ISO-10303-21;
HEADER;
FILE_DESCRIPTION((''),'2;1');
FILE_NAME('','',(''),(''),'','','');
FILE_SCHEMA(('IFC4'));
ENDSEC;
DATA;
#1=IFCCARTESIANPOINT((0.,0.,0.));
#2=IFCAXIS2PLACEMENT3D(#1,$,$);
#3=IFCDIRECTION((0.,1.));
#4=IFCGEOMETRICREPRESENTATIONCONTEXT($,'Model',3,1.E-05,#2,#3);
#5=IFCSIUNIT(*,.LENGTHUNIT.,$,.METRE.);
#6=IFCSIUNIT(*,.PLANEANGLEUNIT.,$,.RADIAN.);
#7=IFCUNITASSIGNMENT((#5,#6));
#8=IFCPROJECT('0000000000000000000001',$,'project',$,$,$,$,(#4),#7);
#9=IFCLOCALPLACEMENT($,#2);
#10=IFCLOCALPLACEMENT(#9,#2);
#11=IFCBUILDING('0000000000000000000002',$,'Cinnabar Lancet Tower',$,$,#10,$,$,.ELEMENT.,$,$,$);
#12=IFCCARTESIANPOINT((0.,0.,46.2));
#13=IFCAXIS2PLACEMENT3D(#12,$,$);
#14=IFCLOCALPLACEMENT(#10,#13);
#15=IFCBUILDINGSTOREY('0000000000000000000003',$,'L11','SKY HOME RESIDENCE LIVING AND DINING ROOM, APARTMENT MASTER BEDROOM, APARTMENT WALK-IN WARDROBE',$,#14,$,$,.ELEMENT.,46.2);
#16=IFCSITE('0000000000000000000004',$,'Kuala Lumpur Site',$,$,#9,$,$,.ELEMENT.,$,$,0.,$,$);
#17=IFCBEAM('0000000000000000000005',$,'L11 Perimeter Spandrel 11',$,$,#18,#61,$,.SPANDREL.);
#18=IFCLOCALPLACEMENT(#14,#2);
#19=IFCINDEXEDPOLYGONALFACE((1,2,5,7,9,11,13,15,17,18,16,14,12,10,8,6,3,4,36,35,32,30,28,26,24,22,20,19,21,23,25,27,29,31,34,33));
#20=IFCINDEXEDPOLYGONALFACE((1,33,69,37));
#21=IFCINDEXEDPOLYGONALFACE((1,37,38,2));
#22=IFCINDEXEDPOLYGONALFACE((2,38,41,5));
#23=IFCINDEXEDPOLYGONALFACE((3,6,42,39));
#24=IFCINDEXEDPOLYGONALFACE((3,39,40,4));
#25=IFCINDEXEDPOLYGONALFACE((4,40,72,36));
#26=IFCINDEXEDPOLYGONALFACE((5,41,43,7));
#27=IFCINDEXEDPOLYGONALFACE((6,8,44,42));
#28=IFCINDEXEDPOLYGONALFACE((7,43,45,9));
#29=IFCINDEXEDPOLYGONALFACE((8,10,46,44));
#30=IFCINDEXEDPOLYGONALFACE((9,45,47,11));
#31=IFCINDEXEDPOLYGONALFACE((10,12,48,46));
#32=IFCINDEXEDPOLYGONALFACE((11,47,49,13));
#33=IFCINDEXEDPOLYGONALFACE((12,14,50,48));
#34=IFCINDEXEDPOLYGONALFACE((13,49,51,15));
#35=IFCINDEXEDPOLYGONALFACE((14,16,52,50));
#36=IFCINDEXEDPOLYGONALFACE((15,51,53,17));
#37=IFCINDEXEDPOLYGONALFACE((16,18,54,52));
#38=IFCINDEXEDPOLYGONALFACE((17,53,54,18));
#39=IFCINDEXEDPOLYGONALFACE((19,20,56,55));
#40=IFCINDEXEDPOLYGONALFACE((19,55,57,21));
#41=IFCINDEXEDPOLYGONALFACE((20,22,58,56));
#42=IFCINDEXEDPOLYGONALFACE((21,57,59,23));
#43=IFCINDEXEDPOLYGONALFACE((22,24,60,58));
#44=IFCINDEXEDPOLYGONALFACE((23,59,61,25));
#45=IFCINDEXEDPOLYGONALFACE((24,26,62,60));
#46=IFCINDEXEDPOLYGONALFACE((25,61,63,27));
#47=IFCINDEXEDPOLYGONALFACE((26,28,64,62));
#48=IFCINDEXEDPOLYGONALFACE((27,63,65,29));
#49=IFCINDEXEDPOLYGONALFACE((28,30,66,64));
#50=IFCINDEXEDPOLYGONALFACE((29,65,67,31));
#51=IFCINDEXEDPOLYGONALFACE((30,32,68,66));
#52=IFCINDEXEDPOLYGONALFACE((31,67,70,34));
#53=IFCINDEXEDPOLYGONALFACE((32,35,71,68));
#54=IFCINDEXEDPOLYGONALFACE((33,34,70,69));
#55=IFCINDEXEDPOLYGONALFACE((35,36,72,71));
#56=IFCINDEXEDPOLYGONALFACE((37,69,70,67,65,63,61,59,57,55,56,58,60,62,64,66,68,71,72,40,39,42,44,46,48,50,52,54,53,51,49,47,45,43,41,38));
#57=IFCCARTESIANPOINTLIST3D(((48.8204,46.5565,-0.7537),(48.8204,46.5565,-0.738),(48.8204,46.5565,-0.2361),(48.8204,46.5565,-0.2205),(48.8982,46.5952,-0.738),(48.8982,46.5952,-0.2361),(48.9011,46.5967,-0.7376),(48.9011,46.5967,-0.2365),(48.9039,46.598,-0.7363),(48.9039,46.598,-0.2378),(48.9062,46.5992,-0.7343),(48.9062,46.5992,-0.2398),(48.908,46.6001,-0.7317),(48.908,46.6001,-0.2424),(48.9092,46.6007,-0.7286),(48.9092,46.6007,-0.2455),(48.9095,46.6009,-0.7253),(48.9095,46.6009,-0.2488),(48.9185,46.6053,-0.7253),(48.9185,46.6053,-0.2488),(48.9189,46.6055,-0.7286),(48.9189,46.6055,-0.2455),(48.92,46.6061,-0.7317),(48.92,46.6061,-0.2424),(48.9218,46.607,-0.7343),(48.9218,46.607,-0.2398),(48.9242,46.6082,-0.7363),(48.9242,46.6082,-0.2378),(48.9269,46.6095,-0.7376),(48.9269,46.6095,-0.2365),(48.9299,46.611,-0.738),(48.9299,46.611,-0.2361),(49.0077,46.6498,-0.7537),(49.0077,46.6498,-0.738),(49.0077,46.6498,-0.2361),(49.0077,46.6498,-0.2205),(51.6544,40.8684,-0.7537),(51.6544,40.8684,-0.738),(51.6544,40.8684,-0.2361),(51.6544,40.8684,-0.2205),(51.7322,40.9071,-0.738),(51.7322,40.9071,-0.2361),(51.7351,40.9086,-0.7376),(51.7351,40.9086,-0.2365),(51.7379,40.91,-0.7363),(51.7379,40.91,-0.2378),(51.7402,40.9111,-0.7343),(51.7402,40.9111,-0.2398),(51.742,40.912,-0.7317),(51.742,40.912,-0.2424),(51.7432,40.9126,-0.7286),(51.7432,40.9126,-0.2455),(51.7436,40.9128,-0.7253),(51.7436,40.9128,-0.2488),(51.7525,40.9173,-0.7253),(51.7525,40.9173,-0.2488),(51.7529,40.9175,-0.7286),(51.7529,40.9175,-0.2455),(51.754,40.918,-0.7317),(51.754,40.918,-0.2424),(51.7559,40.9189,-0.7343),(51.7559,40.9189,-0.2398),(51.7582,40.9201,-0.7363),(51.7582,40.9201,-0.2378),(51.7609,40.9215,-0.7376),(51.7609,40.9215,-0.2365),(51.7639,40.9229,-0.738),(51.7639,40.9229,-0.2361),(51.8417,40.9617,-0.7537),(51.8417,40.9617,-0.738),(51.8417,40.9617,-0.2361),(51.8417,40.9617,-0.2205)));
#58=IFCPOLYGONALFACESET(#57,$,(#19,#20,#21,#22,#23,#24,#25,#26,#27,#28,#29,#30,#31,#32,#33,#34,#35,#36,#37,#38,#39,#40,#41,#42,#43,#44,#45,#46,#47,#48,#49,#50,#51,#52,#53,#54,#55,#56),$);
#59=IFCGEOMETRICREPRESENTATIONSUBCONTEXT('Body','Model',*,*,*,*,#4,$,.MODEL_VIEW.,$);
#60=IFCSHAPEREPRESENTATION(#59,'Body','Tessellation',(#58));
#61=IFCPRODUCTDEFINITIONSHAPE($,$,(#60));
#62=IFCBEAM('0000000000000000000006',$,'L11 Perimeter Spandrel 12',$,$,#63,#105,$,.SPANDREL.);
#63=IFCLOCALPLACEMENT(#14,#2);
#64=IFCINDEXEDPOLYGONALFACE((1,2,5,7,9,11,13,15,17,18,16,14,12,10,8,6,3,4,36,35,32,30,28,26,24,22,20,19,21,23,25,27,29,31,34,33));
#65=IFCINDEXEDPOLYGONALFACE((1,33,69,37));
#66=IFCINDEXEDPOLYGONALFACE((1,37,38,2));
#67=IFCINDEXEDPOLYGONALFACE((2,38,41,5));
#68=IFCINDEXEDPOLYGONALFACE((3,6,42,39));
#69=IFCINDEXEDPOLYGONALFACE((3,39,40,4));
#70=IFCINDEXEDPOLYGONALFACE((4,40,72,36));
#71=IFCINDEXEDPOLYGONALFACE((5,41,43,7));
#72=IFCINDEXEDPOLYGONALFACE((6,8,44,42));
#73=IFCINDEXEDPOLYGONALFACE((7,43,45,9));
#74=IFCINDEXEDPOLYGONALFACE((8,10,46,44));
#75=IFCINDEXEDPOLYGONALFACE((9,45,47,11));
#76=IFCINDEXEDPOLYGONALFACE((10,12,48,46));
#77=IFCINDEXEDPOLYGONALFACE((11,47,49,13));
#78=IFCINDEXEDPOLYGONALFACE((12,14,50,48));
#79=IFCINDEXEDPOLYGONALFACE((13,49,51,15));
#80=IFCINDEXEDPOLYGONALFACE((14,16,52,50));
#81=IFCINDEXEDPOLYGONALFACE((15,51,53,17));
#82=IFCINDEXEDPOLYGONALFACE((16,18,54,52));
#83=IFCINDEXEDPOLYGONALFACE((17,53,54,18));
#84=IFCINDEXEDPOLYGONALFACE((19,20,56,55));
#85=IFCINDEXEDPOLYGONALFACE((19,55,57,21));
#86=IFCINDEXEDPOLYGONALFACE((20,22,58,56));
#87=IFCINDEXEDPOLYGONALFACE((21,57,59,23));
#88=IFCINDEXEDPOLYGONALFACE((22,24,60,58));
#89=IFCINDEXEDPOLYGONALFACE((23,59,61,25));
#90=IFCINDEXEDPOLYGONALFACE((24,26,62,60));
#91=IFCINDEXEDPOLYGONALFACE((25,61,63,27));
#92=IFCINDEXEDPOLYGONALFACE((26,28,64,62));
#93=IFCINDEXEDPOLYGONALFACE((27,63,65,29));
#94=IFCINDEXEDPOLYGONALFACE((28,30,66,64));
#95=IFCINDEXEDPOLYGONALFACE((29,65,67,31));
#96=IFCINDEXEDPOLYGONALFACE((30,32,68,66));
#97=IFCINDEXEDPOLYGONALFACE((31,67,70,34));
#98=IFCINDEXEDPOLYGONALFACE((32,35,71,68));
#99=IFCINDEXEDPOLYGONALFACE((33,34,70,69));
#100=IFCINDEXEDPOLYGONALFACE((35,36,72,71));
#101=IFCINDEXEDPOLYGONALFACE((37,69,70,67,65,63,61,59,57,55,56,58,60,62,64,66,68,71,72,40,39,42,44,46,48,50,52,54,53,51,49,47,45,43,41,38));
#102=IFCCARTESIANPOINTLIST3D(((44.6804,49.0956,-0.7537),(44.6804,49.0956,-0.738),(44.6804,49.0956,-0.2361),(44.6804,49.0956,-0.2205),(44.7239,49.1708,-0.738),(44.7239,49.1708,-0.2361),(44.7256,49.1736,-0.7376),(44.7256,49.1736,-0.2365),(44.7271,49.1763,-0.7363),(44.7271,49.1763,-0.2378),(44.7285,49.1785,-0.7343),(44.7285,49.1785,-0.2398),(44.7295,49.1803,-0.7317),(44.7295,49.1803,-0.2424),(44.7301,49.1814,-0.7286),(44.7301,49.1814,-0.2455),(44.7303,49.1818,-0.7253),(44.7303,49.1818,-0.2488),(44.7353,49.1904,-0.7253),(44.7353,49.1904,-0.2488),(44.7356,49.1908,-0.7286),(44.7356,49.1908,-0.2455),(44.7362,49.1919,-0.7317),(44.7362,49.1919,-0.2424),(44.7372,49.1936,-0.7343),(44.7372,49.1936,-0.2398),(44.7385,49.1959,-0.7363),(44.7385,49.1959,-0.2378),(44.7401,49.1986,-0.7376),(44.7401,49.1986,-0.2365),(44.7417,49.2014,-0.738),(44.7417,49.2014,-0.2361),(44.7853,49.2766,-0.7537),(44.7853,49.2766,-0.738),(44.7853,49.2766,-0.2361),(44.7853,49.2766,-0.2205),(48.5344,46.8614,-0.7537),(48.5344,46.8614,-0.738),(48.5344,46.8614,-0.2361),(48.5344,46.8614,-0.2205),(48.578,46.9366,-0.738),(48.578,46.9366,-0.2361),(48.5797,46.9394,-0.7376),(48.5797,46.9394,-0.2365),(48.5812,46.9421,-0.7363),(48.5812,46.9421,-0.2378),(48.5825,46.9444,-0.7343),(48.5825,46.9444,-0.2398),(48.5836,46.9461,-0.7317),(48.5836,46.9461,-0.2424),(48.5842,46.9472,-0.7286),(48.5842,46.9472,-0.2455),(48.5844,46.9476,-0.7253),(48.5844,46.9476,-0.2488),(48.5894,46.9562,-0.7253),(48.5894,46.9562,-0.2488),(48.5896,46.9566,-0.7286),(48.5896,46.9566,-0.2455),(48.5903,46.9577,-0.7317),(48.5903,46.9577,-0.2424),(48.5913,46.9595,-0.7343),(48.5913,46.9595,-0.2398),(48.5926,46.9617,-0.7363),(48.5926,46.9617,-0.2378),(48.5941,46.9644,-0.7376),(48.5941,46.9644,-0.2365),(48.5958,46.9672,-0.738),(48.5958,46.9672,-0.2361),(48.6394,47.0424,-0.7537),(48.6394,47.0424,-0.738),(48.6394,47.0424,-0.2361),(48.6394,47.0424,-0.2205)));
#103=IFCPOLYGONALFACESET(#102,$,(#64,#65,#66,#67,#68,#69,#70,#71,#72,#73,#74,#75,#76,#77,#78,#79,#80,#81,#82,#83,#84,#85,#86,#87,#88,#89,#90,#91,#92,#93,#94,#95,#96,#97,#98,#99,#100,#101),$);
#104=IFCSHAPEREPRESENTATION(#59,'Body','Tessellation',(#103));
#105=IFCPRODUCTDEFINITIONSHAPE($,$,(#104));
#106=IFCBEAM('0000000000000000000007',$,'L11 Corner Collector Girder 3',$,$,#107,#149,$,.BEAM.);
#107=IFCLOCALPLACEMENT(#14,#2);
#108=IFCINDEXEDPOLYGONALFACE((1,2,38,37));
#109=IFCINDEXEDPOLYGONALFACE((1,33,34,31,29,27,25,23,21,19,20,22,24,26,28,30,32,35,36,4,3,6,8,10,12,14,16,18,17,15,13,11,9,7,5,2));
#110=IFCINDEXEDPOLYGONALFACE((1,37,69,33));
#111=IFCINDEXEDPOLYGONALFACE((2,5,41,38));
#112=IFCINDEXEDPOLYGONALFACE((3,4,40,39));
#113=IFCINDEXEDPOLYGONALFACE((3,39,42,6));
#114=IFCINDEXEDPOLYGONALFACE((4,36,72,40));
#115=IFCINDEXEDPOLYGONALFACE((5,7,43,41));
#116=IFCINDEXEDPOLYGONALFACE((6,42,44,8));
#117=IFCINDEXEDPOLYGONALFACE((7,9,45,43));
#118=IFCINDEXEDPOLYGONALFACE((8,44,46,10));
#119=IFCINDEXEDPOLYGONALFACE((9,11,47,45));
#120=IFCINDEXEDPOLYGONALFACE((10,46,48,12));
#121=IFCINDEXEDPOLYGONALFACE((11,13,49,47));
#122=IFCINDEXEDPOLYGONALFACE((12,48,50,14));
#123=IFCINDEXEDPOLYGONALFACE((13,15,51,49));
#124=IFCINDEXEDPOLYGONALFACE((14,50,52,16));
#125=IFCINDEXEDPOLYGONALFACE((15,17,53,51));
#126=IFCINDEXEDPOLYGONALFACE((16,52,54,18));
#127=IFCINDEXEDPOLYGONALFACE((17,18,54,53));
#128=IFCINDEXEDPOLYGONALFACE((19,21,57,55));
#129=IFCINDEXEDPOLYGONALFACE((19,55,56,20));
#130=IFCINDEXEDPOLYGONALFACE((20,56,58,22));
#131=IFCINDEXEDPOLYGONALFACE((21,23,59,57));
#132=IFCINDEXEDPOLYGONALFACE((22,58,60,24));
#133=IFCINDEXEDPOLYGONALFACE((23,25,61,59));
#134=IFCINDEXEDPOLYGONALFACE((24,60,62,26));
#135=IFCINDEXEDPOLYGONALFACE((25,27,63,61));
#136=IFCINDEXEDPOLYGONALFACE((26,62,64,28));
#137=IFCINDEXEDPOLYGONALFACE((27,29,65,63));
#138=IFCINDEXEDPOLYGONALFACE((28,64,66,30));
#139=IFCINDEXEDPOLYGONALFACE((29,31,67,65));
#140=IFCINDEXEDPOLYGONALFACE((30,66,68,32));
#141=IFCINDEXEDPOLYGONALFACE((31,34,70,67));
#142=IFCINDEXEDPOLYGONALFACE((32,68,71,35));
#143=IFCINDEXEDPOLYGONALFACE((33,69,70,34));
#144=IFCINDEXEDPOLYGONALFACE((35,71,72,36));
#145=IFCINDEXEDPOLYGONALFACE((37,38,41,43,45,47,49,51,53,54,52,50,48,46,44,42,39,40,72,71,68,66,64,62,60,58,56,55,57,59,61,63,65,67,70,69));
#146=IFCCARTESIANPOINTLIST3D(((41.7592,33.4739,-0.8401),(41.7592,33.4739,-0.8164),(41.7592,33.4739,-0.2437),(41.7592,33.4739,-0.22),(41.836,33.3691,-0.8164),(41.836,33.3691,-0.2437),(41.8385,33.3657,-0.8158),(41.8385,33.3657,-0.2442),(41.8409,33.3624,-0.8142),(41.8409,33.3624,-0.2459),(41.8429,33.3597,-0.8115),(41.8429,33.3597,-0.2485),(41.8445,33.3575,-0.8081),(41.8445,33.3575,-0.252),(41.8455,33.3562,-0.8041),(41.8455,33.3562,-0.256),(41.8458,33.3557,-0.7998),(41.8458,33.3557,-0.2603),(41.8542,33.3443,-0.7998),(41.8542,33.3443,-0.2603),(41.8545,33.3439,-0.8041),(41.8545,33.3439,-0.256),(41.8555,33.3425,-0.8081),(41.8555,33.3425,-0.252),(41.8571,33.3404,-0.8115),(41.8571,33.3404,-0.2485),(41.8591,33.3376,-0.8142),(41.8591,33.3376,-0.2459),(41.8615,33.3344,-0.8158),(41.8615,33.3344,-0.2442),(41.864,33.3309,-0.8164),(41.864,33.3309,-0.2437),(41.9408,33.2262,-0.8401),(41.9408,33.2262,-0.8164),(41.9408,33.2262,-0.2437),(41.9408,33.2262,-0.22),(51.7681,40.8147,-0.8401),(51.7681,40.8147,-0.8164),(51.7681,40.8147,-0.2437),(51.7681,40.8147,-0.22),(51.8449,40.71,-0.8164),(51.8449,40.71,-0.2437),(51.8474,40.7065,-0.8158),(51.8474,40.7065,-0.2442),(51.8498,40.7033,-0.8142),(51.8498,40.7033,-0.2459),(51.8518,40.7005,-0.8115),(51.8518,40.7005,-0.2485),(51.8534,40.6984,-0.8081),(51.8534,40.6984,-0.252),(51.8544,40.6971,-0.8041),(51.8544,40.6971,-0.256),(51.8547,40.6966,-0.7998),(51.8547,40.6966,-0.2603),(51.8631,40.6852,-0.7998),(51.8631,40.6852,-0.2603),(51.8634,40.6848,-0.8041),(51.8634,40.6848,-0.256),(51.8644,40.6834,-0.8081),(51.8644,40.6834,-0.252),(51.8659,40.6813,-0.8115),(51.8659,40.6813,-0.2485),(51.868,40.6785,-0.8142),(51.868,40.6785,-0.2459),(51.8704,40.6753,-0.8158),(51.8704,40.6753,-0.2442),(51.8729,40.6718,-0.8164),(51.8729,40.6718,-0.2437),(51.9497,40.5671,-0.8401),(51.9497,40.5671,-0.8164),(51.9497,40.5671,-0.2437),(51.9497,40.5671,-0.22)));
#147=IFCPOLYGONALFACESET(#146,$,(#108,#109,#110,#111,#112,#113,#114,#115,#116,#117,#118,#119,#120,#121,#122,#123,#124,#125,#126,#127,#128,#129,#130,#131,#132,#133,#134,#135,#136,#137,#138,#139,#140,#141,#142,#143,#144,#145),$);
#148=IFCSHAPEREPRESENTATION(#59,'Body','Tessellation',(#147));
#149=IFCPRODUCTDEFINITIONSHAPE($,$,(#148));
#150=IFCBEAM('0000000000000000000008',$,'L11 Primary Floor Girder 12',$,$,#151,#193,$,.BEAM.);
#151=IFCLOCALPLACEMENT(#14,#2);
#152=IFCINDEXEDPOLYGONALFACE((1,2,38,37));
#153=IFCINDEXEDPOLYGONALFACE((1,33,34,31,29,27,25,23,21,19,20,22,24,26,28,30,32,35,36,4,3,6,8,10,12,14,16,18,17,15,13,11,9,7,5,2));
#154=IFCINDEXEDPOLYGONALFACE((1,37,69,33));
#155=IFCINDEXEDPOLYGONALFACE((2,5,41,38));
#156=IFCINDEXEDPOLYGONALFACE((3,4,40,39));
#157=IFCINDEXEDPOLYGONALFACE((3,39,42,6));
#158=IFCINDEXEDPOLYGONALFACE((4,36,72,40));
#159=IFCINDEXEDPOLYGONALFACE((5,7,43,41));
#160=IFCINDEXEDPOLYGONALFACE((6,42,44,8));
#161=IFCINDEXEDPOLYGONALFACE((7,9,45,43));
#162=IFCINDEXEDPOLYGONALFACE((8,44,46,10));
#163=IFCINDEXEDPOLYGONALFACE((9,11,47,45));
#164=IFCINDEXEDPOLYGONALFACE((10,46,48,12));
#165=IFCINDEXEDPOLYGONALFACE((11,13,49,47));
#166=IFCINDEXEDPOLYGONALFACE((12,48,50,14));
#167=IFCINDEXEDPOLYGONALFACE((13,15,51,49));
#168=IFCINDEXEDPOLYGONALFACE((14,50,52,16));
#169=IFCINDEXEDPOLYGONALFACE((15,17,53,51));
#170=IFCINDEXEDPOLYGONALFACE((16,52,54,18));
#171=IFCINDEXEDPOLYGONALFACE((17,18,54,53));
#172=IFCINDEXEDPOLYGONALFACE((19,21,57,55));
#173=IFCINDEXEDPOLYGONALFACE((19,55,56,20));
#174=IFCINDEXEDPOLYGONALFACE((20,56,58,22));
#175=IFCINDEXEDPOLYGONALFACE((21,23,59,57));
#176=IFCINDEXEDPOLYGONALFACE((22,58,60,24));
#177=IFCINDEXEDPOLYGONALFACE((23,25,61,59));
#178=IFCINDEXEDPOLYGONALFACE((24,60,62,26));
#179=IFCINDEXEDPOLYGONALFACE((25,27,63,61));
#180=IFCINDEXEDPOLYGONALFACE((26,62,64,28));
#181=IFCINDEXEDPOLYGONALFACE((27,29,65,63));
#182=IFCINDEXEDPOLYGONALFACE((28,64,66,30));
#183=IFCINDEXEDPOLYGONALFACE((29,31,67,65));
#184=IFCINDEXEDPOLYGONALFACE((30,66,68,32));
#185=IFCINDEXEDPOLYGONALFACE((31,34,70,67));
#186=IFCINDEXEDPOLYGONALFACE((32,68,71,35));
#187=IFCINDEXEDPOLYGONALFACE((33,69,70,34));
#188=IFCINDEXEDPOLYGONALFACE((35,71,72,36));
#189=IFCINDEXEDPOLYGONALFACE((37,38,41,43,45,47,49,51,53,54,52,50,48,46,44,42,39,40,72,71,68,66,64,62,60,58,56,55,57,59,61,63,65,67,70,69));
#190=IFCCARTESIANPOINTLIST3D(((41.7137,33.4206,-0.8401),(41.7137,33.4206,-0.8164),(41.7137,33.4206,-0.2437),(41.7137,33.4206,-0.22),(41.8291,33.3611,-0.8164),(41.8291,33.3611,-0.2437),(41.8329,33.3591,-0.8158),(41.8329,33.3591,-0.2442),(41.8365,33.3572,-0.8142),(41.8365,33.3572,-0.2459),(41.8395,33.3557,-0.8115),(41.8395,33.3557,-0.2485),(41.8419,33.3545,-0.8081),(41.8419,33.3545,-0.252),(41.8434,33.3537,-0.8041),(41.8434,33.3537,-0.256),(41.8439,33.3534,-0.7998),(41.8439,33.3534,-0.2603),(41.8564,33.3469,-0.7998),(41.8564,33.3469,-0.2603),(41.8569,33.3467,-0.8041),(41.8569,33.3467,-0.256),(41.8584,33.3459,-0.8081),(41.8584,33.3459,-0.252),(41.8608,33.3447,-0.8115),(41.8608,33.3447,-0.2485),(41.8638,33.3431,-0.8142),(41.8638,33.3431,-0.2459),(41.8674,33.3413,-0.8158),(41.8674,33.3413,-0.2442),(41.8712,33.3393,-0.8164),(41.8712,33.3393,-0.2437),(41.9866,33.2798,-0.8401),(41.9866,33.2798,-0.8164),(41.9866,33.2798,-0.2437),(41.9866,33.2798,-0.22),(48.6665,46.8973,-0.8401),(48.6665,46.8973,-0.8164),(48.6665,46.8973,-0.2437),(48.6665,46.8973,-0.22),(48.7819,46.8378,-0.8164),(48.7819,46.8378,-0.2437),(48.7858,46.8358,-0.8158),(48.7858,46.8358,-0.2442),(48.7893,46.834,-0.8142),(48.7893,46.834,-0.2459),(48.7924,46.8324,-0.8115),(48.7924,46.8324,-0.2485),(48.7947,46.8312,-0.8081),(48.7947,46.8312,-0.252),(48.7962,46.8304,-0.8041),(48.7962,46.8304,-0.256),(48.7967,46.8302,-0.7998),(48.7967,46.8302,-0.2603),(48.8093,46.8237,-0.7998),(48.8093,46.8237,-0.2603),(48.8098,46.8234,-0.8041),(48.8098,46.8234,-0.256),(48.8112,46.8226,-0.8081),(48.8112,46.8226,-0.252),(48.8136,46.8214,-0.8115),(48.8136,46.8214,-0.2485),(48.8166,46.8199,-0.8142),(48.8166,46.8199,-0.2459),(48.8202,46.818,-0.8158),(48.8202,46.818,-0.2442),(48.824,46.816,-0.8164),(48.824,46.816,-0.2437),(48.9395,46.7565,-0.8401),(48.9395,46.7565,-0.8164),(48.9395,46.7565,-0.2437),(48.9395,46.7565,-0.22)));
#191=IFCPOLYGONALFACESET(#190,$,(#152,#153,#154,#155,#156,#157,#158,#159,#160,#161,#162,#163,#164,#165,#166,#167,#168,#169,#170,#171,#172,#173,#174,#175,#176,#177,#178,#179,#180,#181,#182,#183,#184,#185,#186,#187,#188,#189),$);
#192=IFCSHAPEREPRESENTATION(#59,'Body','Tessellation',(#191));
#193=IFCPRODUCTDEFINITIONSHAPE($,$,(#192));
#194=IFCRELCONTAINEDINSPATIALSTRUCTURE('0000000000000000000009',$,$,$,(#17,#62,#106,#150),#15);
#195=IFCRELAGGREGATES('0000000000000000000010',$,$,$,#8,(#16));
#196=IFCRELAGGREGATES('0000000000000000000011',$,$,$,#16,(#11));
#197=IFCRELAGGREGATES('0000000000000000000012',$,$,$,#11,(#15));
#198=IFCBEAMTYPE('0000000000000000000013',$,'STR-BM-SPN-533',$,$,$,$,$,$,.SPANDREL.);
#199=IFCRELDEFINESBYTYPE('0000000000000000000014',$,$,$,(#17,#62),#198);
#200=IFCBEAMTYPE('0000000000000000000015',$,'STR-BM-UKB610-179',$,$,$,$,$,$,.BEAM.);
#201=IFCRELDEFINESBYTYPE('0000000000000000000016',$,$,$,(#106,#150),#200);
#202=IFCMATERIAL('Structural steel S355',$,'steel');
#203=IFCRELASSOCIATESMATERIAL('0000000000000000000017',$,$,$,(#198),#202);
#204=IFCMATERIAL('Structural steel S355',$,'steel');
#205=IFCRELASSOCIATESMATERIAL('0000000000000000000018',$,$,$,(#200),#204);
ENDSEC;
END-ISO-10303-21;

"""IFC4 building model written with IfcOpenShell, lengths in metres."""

from ifc_helpers import new_model, si_unit, direction, frame, origin, origin_2d, place, context, subcontext, project, spatial, i_section, extrude, material, material_profile, profile_set, type_object, element, save


model = new_model("IFC4")

# Units and contexts
model_context = context("Model", 3, precision=1e-05, world=origin(), true_north=direction((0.0, 1.0)))
body_context = subcontext(model_context, "Body", "Model", "MODEL_VIEW")
ifc_project = project(units=[si_unit("LENGTHUNIT", "METRE"), si_unit("PLANEANGLEUNIT", "RADIAN")], contexts=[model_context])

# Site, building, storey
site_placement = place(None, origin())
site = spatial("IfcSite", under=ifc_project, at=site_placement, Name="Kuala Lumpur Site", CompositionType="ELEMENT", RefElevation=0.0)
building_placement = place(site_placement, origin())
building = spatial("IfcBuilding", under=site, at=building_placement, Name="Cinnabar Lancet Tower", CompositionType="ELEMENT")
storey_placement = place(building_placement, frame((0.0, 0.0, 46.2)))
storey = spatial("IfcBuildingStorey", under=building, at=storey_placement, Name="L11", Description="SKY HOME RESIDENCE LIVING AND DINING ROOM, APARTMENT MASTER BEDROOM, APARTMENT WALK-IN WARDROBE", CompositionType="ELEMENT", Elevation=46.2)

# Beams
ifc_material_1 = material(Name="Structural steel S355", Category="steel")
ifc_material_profile_1 = material_profile(ifc_material_1, i_section(OverallWidth=0.2092, OverallDepth=0.5332, WebThickness=0.01, FlangeThickness=0.0156, FilletRadius=0.0127, at=origin_2d()), Name="UKB 533x210x92")
ifc_profile_set_1 = profile_set([ifc_material_profile_1], Name="Structural steel S355")
beam_type_1 = type_object("IfcBeamType", Name="STR-BM-SPN-533", PredefinedType="SPANDREL", material=ifc_profile_set_1)
beam_1_placement = place(storey_placement, frame((51.748, 40.915, -0.4871), z_axis=(-0.445953, 0.895056, 0.0), x_axis=(-0.895056, -0.445953, 0.0)))
element("IfcBeam", 1, at=beam_1_placement, inside=storey, type_object=beam_type_1, Name="L11 Perimeter Spandrel 11", PredefinedType="SPANDREL", context=body_context, shape_type="SweptSolid", body=[
    extrude(i_section(OverallWidth=0.2092, OverallDepth=0.5332, WebThickness=0.01, FlangeThickness=0.0156, FilletRadius=0.0127, at=origin_2d()), origin(), (0.0, 0.0, 1.0), 6.355),
])
beam_2_placement = place(storey_placement, frame((48.5869, 46.9519, -0.4871), z_axis=(-0.865147, 0.501518, 0.0), x_axis=(-0.501518, -0.865147, 0.0)))
element("IfcBeam", 2, at=beam_2_placement, inside=storey, type_object=beam_type_1, Name="L11 Perimeter Spandrel 12", PredefinedType="SPANDREL", context=body_context, shape_type="SweptSolid", body=[
    extrude(i_section(OverallWidth=0.2092, OverallDepth=0.5332, WebThickness=0.01, FlangeThickness=0.0156, FilletRadius=0.0127, at=origin_2d()), origin(), (0.0, 0.0, 1.0), 4.4548),
])
ifc_material_2 = material(Name="Structural steel S355", Category="steel")
ifc_material_profile_2 = material_profile(ifc_material_2, i_section(OverallWidth=0.3071, OverallDepth=0.6201, WebThickness=0.0142, FlangeThickness=0.0237, FilletRadius=0.0166, at=origin_2d()), Name="UKB 610x305x179")
ifc_profile_set_2 = profile_set([ifc_material_profile_2], Name="Structural steel S355")
beam_type_2 = type_object("IfcBeamType", Name="STR-BM-UKB610-179", PredefinedType="BEAM", material=ifc_profile_set_2)
beam_3_placement = place(storey_placement, frame((51.8589, 40.6909, -0.53), z_axis=(-0.806365, -0.591418, 0.0), x_axis=(0.591418, -0.806365, 0.0)))
element("IfcBeam", 3, at=beam_3_placement, inside=storey, type_object=beam_type_2, Name="L11 Corner Collector Girder 3", PredefinedType="BEAM", context=body_context, shape_type="SweptSolid", body=[
    extrude(i_section(OverallWidth=0.3071, OverallDepth=0.6201, WebThickness=0.0142, FlangeThickness=0.0237, FilletRadius=0.0166, at=origin_2d()), origin(), (0.0, 0.0, 1.0), 12.4124),
])
beam_4_placement = place(storey_placement, frame((48.803, 46.8269, -0.53), z_axis=(-0.458492, -0.888698, 0.0), x_axis=(0.888698, -0.458492, 0.0)))
element("IfcBeam", 4, at=beam_4_placement, inside=storey, type_object=beam_type_2, Name="L11 Primary Floor Girder 12", PredefinedType="BEAM", context=body_context, shape_type="SweptSolid", body=[
    extrude(i_section(OverallWidth=0.3071, OverallDepth=0.6201, WebThickness=0.0142, FlangeThickness=0.0237, FilletRadius=0.0166, at=origin_2d()), origin(), (0.0, 0.0, 1.0), 15.1646),
])

save(model, "model.ifc")
